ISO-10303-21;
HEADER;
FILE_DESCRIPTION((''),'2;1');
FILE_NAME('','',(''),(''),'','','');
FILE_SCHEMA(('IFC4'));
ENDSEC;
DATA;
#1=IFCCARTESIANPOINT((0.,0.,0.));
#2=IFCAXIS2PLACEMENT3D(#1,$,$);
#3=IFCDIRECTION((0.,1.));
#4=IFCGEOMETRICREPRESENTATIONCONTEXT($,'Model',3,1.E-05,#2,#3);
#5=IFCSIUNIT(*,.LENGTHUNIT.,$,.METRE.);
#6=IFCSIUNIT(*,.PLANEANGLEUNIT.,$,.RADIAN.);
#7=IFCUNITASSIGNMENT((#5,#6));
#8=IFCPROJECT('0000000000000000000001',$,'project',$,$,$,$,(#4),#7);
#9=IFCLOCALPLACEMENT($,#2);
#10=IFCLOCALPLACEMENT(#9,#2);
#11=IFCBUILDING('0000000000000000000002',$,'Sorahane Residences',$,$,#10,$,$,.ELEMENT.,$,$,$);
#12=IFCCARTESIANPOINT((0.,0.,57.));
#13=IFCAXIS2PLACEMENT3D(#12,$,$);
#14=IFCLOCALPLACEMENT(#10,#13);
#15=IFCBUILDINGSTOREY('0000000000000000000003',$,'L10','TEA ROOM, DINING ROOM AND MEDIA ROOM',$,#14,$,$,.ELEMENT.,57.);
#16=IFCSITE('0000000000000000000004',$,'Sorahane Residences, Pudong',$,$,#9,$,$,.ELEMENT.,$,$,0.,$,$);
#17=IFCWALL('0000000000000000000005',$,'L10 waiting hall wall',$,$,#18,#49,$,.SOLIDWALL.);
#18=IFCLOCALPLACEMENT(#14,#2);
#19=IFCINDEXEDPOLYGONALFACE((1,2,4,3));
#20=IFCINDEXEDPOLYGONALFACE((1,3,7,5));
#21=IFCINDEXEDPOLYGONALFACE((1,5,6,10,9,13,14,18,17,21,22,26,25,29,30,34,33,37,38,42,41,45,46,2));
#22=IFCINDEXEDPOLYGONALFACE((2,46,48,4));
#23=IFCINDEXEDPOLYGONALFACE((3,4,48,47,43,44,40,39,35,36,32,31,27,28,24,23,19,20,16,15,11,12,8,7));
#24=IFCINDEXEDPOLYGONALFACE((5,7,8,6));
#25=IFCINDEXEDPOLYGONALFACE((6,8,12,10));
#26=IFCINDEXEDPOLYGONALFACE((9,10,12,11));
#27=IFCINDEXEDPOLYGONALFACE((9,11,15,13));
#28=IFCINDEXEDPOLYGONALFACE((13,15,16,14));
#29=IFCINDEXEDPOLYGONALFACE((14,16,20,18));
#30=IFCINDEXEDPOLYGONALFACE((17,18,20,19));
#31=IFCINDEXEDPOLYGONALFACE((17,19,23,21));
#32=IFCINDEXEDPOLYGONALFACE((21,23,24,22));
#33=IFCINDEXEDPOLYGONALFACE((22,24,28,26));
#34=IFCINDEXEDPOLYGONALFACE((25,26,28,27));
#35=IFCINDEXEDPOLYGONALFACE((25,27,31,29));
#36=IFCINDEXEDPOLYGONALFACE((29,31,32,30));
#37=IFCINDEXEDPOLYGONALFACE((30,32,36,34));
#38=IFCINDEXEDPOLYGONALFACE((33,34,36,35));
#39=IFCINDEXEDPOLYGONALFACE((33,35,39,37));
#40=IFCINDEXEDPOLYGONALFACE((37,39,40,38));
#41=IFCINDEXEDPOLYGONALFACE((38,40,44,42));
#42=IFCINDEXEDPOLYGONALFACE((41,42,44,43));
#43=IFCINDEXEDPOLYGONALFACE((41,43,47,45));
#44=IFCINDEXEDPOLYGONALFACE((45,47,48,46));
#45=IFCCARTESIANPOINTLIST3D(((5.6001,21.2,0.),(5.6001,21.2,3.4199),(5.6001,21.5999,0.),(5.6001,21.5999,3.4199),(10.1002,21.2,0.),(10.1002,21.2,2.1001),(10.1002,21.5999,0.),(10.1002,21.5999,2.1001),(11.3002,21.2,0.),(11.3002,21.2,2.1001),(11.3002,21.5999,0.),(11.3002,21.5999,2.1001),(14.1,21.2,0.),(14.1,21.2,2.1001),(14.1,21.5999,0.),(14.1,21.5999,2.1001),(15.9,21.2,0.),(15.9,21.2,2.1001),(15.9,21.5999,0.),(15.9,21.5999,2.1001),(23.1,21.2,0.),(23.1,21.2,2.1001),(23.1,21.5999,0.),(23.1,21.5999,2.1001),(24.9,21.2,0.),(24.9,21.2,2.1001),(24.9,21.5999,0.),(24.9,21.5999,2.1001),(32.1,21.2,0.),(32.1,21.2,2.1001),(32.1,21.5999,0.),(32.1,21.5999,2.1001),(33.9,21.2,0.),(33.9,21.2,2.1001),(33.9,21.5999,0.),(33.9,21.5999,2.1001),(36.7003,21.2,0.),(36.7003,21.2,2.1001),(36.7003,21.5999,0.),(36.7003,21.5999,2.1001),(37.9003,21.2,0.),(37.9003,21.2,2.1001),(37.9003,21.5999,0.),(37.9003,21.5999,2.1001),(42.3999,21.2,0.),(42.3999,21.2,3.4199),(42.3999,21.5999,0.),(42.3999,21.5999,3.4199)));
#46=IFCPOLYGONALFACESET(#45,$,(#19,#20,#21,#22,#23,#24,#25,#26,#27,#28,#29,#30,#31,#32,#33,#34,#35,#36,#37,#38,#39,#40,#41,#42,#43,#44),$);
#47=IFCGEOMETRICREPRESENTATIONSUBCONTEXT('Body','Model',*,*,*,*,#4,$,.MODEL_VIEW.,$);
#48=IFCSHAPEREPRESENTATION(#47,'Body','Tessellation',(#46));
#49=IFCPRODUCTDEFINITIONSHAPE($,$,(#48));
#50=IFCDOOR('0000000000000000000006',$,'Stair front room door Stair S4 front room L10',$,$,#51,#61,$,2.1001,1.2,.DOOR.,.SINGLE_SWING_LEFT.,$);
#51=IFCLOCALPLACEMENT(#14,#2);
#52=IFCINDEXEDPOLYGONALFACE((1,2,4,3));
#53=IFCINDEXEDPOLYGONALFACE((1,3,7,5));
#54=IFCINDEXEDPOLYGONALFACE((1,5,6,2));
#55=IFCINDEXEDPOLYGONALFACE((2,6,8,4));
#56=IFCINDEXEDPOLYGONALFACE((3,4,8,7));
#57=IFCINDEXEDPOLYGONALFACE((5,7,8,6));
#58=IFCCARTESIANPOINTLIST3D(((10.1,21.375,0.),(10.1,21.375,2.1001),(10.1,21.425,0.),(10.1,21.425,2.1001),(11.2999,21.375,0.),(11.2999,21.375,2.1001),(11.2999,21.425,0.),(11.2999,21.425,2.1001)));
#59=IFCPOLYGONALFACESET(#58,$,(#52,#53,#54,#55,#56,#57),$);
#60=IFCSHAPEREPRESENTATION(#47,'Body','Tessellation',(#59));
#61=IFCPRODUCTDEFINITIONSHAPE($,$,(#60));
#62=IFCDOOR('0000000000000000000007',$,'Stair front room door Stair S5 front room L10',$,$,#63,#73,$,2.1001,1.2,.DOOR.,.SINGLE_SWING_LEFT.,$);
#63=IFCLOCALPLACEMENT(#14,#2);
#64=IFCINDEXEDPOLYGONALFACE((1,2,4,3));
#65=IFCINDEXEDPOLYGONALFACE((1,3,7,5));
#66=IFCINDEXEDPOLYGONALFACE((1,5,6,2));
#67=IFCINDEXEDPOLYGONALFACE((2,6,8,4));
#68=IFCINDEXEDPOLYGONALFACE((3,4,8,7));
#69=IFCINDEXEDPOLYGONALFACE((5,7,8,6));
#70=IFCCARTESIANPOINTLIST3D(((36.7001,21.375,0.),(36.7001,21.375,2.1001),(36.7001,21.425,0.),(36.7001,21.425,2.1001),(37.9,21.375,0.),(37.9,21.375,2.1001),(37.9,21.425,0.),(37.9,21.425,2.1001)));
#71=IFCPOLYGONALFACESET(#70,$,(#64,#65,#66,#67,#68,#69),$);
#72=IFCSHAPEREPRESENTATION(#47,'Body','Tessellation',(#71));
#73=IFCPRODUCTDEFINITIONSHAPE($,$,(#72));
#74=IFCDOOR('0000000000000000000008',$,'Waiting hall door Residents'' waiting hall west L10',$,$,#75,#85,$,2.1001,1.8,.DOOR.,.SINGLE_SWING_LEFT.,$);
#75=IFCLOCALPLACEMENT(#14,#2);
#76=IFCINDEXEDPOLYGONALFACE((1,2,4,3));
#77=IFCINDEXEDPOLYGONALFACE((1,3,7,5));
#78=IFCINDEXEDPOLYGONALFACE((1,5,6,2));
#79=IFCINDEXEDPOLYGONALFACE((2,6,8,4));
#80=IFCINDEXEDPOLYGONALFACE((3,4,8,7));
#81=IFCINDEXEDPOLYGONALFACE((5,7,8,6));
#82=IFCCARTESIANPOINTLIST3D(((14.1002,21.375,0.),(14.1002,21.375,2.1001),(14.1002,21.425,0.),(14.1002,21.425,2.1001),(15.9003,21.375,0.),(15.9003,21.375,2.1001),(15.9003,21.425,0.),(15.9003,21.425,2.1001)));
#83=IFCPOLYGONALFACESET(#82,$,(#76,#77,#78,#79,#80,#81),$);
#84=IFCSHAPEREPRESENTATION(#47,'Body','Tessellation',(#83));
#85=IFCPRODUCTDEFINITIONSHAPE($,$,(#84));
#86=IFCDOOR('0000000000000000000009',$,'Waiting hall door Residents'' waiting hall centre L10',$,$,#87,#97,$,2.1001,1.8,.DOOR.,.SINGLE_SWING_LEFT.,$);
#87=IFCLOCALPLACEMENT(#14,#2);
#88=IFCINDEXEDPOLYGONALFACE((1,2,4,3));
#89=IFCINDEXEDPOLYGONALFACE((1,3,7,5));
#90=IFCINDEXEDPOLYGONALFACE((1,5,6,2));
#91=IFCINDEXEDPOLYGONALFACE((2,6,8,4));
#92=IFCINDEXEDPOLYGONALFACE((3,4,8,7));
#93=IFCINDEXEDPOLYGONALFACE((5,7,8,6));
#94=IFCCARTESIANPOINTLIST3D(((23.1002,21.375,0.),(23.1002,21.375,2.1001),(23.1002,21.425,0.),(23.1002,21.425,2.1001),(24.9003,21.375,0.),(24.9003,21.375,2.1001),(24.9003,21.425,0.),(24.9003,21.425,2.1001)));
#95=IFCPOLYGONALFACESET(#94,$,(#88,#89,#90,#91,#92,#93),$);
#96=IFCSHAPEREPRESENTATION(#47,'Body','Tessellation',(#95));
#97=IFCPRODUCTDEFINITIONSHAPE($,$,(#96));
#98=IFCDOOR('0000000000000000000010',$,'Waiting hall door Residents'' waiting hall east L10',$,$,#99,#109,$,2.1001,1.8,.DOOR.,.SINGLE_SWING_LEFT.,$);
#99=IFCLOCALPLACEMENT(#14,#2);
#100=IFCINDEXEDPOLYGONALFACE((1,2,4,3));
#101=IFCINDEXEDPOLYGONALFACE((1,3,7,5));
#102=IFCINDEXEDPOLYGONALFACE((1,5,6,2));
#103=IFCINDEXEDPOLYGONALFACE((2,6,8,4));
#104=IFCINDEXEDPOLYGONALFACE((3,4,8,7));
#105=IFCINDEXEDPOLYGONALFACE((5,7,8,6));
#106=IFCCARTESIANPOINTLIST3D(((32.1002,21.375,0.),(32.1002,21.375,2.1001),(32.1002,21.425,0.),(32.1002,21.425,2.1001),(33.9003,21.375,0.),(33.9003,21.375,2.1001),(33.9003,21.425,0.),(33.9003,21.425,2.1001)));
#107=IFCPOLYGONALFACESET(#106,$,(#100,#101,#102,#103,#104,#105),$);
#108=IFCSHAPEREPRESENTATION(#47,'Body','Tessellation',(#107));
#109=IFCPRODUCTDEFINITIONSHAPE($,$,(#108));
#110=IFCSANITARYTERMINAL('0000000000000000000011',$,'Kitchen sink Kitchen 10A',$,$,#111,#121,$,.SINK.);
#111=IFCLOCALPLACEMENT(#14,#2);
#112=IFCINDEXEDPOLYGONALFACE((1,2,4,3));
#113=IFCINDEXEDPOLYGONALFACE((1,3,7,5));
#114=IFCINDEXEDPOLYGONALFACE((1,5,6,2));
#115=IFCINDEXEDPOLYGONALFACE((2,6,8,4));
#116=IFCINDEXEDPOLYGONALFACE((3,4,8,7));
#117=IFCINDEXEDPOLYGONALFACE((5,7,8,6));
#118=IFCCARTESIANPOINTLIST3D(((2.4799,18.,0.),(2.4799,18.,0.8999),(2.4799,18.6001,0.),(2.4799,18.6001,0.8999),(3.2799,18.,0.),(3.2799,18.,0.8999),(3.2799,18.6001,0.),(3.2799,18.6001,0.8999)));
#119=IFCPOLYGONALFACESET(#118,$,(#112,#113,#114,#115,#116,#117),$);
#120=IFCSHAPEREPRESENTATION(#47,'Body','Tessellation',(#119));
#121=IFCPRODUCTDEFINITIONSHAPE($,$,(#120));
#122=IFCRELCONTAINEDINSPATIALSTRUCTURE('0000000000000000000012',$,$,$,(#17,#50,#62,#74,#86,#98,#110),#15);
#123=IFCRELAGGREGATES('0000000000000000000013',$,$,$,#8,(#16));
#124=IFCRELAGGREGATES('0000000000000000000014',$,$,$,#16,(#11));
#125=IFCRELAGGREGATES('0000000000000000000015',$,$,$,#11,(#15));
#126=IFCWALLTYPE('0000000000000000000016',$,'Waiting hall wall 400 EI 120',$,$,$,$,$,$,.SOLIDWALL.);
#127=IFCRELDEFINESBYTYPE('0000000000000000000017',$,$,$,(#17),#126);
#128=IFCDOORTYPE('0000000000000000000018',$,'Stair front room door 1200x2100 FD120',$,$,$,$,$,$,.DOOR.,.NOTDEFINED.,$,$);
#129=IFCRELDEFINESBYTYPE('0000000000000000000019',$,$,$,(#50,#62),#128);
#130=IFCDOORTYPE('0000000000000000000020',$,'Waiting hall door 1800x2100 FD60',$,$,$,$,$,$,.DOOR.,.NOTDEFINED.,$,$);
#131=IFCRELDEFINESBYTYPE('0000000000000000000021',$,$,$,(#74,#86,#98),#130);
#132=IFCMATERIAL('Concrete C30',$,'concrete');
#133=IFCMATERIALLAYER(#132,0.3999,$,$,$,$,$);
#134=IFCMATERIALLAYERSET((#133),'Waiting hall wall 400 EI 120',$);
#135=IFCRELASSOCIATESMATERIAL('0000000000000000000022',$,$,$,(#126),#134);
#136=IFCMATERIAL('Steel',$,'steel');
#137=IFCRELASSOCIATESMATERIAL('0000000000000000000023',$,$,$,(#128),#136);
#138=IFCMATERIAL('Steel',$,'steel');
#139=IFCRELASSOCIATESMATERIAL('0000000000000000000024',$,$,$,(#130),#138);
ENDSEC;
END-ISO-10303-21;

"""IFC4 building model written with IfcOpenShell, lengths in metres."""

from ifc_helpers import new_model, si_unit, direction, frame, frame_2d, origin, origin_2d, place, context, subcontext, project, spatial, rectangle, extrude, material, layer, layer_set, type_object, element, fill, save


model = new_model("IFC4")

# Units and contexts
model_context = context("Model", 3, precision=1e-05, world=origin(), true_north=direction((0.0, 1.0)))
body_context = subcontext(model_context, "Body", "Model", "MODEL_VIEW")
ifc_project = project(units=[si_unit("LENGTHUNIT", "METRE"), si_unit("PLANEANGLEUNIT", "RADIAN")], contexts=[model_context])

# Site, building, storey
site_placement = place(None, origin())
site = spatial("IfcSite", under=ifc_project, at=site_placement, Name="Sorahane Residences, Pudong", CompositionType="ELEMENT", RefElevation=0.0)
building_placement = place(site_placement, origin())
building = spatial("IfcBuilding", under=site, at=building_placement, Name="Sorahane Residences", CompositionType="ELEMENT")
storey_placement = place(building_placement, frame((0.0, 0.0, 57.0)))
storey = spatial("IfcBuildingStorey", under=building, at=storey_placement, Name="L10", Description="TEA ROOM, DINING ROOM AND MEDIA ROOM", CompositionType="ELEMENT", Elevation=57.0)

# Wall, openings, doors
ifc_material_1 = material(Name="Concrete C30", Category="concrete")
ifc_layer_1 = layer(ifc_material_1, 0.3999)
ifc_layer_set_1 = layer_set([ifc_layer_1], Name="Waiting hall wall 400 EI 120")
wall_type_1 = type_object("IfcWallType", Name="Waiting hall wall 400 EI 120", PredefinedType="SOLIDWALL", material=ifc_layer_set_1)
wall_1_placement = place(storey_placement, frame((5.6001, 21.3999, 0.0), z_axis=(0.0, 0.0, 1.0), x_axis=(1.0, 0.0, 0.0)))
wall_1 = element("IfcWall", 1, at=wall_1_placement, inside=storey, type_object=wall_type_1, Name="L10 waiting hall wall", PredefinedType="SOLIDWALL", context=body_context, shape_type="SweptSolid", body=[
    extrude(rectangle(XDim=36.7998, YDim=0.3999, at=frame_2d((18.3999, 0.0))), origin(), (0.0, 0.0, 1.0), 3.4199),
])
opening_1_placement = place(wall_1_placement, frame((8.5, 0.0, 0.0)))
opening_1 = element("IfcOpeningElement", 2, at=opening_1_placement, cuts=wall_1, PredefinedType="OPENING", context=body_context, shape_type="SweptSolid", body=[
    extrude(rectangle(XDim=1.8, YDim=2.1001, at=frame_2d((0.8999, 1.05))), frame((0.0, 0.21, 0.0), z_axis=(0.0, -1.0, 0.0), x_axis=(1.0, 0.0, 0.0)), (0.0, 0.0, 1.0), 0.4199),
])
opening_2_placement = place(wall_1_placement, frame((17.5, 0.0, 0.0)))
opening_2 = element("IfcOpeningElement", 3, at=opening_2_placement, cuts=wall_1, PredefinedType="OPENING", context=body_context, shape_type="SweptSolid", body=[
    extrude(rectangle(XDim=1.8, YDim=2.1001, at=frame_2d((0.8999, 1.05))), frame((0.0, 0.21, 0.0), z_axis=(0.0, -1.0, 0.0), x_axis=(1.0, 0.0, 0.0)), (0.0, 0.0, 1.0), 0.4199),
])
opening_3_placement = place(wall_1_placement, frame((26.5, 0.0, 0.0)))
opening_3 = element("IfcOpeningElement", 4, at=opening_3_placement, cuts=wall_1, PredefinedType="OPENING", context=body_context, shape_type="SweptSolid", body=[
    extrude(rectangle(XDim=1.8, YDim=2.1001, at=frame_2d((0.8999, 1.05))), frame((0.0, 0.21, 0.0), z_axis=(0.0, -1.0, 0.0), x_axis=(1.0, 0.0, 0.0)), (0.0, 0.0, 1.0), 0.4199),
])
opening_4_placement = place(wall_1_placement, frame((4.5, 0.0, 0.0)))
opening_4 = element("IfcOpeningElement", 5, at=opening_4_placement, cuts=wall_1, PredefinedType="OPENING", context=body_context, shape_type="SweptSolid", body=[
    extrude(rectangle(XDim=1.2, YDim=2.1001, at=frame_2d((0.6001, 1.05))), frame((0.0, 0.21, 0.0), z_axis=(0.0, -1.0, 0.0), x_axis=(1.0, 0.0, 0.0)), (0.0, 0.0, 1.0), 0.4199),
])
opening_5_placement = place(wall_1_placement, frame((31.1001, 0.0, 0.0)))
opening_5 = element("IfcOpeningElement", 6, at=opening_5_placement, cuts=wall_1, PredefinedType="OPENING", context=body_context, shape_type="SweptSolid", body=[
    extrude(rectangle(XDim=1.2, YDim=2.1001, at=frame_2d((0.6001, 1.05))), frame((0.0, 0.21, 0.0), z_axis=(0.0, -1.0, 0.0), x_axis=(1.0, 0.0, 0.0)), (0.0, 0.0, 1.0), 0.4199),
])
ifc_material_2 = material(Name="Steel", Category="steel")
door_type_1 = type_object("IfcDoorType", Name="Stair front room door 1200x2100 FD120", OperationType="NOTDEFINED", PredefinedType="DOOR", material=ifc_material_2)
door_1_placement = place(opening_4_placement, frame((1.2, 0.0, 0.0), z_axis=(0.0, 0.0, 1.0), x_axis=(-1.0, 0.0, 0.0)))
door_1 = element("IfcDoor", 7, at=door_1_placement, inside=storey, type_object=door_type_1, Name="Stair front room door Stair S4 front room L10", OperationType="SINGLE_SWING_LEFT", OverallHeight=2.1001, OverallWidth=1.2, PredefinedType="DOOR", context=body_context, shape_type="SweptSolid", body=[
    extrude(rectangle(XDim=1.2, YDim=2.1001, at=frame_2d((0.6001, 1.05))), frame((0.0, 0.0249, 0.0), z_axis=(0.0, -1.0, 0.0), x_axis=(1.0, 0.0, 0.0)), (0.0, 0.0, 1.0), 0.05),
])
fill(opening_4, door_1)
door_2_placement = place(opening_5_placement, frame((1.2, 0.0, 0.0), z_axis=(0.0, 0.0, 1.0), x_axis=(-1.0, 0.0, 0.0)))
door_2 = element("IfcDoor", 8, at=door_2_placement, inside=storey, type_object=door_type_1, Name="Stair front room door Stair S5 front room L10", OperationType="SINGLE_SWING_LEFT", OverallHeight=2.1001, OverallWidth=1.2, PredefinedType="DOOR", context=body_context, shape_type="SweptSolid", body=[
    extrude(rectangle(XDim=1.2, YDim=2.1001, at=frame_2d((0.6001, 1.05))), frame((0.0, 0.0249, 0.0), z_axis=(0.0, -1.0, 0.0), x_axis=(1.0, 0.0, 0.0)), (0.0, 0.0, 1.0), 0.05),
])
fill(opening_5, door_2)
ifc_material_3 = material(Name="Steel", Category="steel")
door_type_2 = type_object("IfcDoorType", Name="Waiting hall door 1800x2100 FD60", OperationType="NOTDEFINED", PredefinedType="DOOR", material=ifc_material_3)
door_3_placement = place(opening_1_placement, frame((1.8, 0.0, 0.0), z_axis=(0.0, 0.0, 1.0), x_axis=(-1.0, 0.0, 0.0)))
door_3 = element("IfcDoor", 9, at=door_3_placement, inside=storey, type_object=door_type_2, Name="Waiting hall door Residents' waiting hall west L10", OperationType="SINGLE_SWING_LEFT", OverallHeight=2.1001, OverallWidth=1.8, PredefinedType="DOOR", context=body_context, shape_type="SweptSolid", body=[
    extrude(rectangle(XDim=1.8, YDim=2.1001, at=frame_2d((0.8999, 1.05))), frame((0.0, 0.0249, 0.0), z_axis=(0.0, -1.0, 0.0), x_axis=(1.0, 0.0, 0.0)), (0.0, 0.0, 1.0), 0.05),
])
fill(opening_1, door_3)
door_4_placement = place(opening_2_placement, frame((1.8, 0.0, 0.0), z_axis=(0.0, 0.0, 1.0), x_axis=(-1.0, 0.0, 0.0)))
door_4 = element("IfcDoor", 10, at=door_4_placement, inside=storey, type_object=door_type_2, Name="Waiting hall door Residents' waiting hall centre L10", OperationType="SINGLE_SWING_LEFT", OverallHeight=2.1001, OverallWidth=1.8, PredefinedType="DOOR", context=body_context, shape_type="SweptSolid", body=[
    extrude(rectangle(XDim=1.8, YDim=2.1001, at=frame_2d((0.8999, 1.05))), frame((0.0, 0.0249, 0.0), z_axis=(0.0, -1.0, 0.0), x_axis=(1.0, 0.0, 0.0)), (0.0, 0.0, 1.0), 0.05),
])
fill(opening_2, door_4)
door_5_placement = place(opening_3_placement, frame((1.8, 0.0, 0.0), z_axis=(0.0, 0.0, 1.0), x_axis=(-1.0, 0.0, 0.0)))
door_5 = element("IfcDoor", 11, at=door_5_placement, inside=storey, type_object=door_type_2, Name="Waiting hall door Residents' waiting hall east L10", OperationType="SINGLE_SWING_LEFT", OverallHeight=2.1001, OverallWidth=1.8, PredefinedType="DOOR", context=body_context, shape_type="SweptSolid", body=[
    extrude(rectangle(XDim=1.8, YDim=2.1001, at=frame_2d((0.8999, 1.05))), frame((0.0, 0.0249, 0.0), z_axis=(0.0, -1.0, 0.0), x_axis=(1.0, 0.0, 0.0)), (0.0, 0.0, 1.0), 0.05),
])
fill(opening_3, door_5)

# Sanitary terminal
sanitary_terminal_placement = place(storey_placement, frame((2.8799, 18.3, 0.0), z_axis=(0.0, 0.0, 1.0), x_axis=(1.0, 0.0, 0.0)))
element("IfcSanitaryTerminal", 12, at=sanitary_terminal_placement, inside=storey, Name="Kitchen sink Kitchen 10A", PredefinedType="SINK", context=body_context, shape_type="SweptSolid", body=[
    extrude(rectangle(XDim=0.8, YDim=0.6001, at=origin_2d()), origin(), (0.0, 0.0, 1.0), 0.8999),
])

save(model, "model.ifc")
